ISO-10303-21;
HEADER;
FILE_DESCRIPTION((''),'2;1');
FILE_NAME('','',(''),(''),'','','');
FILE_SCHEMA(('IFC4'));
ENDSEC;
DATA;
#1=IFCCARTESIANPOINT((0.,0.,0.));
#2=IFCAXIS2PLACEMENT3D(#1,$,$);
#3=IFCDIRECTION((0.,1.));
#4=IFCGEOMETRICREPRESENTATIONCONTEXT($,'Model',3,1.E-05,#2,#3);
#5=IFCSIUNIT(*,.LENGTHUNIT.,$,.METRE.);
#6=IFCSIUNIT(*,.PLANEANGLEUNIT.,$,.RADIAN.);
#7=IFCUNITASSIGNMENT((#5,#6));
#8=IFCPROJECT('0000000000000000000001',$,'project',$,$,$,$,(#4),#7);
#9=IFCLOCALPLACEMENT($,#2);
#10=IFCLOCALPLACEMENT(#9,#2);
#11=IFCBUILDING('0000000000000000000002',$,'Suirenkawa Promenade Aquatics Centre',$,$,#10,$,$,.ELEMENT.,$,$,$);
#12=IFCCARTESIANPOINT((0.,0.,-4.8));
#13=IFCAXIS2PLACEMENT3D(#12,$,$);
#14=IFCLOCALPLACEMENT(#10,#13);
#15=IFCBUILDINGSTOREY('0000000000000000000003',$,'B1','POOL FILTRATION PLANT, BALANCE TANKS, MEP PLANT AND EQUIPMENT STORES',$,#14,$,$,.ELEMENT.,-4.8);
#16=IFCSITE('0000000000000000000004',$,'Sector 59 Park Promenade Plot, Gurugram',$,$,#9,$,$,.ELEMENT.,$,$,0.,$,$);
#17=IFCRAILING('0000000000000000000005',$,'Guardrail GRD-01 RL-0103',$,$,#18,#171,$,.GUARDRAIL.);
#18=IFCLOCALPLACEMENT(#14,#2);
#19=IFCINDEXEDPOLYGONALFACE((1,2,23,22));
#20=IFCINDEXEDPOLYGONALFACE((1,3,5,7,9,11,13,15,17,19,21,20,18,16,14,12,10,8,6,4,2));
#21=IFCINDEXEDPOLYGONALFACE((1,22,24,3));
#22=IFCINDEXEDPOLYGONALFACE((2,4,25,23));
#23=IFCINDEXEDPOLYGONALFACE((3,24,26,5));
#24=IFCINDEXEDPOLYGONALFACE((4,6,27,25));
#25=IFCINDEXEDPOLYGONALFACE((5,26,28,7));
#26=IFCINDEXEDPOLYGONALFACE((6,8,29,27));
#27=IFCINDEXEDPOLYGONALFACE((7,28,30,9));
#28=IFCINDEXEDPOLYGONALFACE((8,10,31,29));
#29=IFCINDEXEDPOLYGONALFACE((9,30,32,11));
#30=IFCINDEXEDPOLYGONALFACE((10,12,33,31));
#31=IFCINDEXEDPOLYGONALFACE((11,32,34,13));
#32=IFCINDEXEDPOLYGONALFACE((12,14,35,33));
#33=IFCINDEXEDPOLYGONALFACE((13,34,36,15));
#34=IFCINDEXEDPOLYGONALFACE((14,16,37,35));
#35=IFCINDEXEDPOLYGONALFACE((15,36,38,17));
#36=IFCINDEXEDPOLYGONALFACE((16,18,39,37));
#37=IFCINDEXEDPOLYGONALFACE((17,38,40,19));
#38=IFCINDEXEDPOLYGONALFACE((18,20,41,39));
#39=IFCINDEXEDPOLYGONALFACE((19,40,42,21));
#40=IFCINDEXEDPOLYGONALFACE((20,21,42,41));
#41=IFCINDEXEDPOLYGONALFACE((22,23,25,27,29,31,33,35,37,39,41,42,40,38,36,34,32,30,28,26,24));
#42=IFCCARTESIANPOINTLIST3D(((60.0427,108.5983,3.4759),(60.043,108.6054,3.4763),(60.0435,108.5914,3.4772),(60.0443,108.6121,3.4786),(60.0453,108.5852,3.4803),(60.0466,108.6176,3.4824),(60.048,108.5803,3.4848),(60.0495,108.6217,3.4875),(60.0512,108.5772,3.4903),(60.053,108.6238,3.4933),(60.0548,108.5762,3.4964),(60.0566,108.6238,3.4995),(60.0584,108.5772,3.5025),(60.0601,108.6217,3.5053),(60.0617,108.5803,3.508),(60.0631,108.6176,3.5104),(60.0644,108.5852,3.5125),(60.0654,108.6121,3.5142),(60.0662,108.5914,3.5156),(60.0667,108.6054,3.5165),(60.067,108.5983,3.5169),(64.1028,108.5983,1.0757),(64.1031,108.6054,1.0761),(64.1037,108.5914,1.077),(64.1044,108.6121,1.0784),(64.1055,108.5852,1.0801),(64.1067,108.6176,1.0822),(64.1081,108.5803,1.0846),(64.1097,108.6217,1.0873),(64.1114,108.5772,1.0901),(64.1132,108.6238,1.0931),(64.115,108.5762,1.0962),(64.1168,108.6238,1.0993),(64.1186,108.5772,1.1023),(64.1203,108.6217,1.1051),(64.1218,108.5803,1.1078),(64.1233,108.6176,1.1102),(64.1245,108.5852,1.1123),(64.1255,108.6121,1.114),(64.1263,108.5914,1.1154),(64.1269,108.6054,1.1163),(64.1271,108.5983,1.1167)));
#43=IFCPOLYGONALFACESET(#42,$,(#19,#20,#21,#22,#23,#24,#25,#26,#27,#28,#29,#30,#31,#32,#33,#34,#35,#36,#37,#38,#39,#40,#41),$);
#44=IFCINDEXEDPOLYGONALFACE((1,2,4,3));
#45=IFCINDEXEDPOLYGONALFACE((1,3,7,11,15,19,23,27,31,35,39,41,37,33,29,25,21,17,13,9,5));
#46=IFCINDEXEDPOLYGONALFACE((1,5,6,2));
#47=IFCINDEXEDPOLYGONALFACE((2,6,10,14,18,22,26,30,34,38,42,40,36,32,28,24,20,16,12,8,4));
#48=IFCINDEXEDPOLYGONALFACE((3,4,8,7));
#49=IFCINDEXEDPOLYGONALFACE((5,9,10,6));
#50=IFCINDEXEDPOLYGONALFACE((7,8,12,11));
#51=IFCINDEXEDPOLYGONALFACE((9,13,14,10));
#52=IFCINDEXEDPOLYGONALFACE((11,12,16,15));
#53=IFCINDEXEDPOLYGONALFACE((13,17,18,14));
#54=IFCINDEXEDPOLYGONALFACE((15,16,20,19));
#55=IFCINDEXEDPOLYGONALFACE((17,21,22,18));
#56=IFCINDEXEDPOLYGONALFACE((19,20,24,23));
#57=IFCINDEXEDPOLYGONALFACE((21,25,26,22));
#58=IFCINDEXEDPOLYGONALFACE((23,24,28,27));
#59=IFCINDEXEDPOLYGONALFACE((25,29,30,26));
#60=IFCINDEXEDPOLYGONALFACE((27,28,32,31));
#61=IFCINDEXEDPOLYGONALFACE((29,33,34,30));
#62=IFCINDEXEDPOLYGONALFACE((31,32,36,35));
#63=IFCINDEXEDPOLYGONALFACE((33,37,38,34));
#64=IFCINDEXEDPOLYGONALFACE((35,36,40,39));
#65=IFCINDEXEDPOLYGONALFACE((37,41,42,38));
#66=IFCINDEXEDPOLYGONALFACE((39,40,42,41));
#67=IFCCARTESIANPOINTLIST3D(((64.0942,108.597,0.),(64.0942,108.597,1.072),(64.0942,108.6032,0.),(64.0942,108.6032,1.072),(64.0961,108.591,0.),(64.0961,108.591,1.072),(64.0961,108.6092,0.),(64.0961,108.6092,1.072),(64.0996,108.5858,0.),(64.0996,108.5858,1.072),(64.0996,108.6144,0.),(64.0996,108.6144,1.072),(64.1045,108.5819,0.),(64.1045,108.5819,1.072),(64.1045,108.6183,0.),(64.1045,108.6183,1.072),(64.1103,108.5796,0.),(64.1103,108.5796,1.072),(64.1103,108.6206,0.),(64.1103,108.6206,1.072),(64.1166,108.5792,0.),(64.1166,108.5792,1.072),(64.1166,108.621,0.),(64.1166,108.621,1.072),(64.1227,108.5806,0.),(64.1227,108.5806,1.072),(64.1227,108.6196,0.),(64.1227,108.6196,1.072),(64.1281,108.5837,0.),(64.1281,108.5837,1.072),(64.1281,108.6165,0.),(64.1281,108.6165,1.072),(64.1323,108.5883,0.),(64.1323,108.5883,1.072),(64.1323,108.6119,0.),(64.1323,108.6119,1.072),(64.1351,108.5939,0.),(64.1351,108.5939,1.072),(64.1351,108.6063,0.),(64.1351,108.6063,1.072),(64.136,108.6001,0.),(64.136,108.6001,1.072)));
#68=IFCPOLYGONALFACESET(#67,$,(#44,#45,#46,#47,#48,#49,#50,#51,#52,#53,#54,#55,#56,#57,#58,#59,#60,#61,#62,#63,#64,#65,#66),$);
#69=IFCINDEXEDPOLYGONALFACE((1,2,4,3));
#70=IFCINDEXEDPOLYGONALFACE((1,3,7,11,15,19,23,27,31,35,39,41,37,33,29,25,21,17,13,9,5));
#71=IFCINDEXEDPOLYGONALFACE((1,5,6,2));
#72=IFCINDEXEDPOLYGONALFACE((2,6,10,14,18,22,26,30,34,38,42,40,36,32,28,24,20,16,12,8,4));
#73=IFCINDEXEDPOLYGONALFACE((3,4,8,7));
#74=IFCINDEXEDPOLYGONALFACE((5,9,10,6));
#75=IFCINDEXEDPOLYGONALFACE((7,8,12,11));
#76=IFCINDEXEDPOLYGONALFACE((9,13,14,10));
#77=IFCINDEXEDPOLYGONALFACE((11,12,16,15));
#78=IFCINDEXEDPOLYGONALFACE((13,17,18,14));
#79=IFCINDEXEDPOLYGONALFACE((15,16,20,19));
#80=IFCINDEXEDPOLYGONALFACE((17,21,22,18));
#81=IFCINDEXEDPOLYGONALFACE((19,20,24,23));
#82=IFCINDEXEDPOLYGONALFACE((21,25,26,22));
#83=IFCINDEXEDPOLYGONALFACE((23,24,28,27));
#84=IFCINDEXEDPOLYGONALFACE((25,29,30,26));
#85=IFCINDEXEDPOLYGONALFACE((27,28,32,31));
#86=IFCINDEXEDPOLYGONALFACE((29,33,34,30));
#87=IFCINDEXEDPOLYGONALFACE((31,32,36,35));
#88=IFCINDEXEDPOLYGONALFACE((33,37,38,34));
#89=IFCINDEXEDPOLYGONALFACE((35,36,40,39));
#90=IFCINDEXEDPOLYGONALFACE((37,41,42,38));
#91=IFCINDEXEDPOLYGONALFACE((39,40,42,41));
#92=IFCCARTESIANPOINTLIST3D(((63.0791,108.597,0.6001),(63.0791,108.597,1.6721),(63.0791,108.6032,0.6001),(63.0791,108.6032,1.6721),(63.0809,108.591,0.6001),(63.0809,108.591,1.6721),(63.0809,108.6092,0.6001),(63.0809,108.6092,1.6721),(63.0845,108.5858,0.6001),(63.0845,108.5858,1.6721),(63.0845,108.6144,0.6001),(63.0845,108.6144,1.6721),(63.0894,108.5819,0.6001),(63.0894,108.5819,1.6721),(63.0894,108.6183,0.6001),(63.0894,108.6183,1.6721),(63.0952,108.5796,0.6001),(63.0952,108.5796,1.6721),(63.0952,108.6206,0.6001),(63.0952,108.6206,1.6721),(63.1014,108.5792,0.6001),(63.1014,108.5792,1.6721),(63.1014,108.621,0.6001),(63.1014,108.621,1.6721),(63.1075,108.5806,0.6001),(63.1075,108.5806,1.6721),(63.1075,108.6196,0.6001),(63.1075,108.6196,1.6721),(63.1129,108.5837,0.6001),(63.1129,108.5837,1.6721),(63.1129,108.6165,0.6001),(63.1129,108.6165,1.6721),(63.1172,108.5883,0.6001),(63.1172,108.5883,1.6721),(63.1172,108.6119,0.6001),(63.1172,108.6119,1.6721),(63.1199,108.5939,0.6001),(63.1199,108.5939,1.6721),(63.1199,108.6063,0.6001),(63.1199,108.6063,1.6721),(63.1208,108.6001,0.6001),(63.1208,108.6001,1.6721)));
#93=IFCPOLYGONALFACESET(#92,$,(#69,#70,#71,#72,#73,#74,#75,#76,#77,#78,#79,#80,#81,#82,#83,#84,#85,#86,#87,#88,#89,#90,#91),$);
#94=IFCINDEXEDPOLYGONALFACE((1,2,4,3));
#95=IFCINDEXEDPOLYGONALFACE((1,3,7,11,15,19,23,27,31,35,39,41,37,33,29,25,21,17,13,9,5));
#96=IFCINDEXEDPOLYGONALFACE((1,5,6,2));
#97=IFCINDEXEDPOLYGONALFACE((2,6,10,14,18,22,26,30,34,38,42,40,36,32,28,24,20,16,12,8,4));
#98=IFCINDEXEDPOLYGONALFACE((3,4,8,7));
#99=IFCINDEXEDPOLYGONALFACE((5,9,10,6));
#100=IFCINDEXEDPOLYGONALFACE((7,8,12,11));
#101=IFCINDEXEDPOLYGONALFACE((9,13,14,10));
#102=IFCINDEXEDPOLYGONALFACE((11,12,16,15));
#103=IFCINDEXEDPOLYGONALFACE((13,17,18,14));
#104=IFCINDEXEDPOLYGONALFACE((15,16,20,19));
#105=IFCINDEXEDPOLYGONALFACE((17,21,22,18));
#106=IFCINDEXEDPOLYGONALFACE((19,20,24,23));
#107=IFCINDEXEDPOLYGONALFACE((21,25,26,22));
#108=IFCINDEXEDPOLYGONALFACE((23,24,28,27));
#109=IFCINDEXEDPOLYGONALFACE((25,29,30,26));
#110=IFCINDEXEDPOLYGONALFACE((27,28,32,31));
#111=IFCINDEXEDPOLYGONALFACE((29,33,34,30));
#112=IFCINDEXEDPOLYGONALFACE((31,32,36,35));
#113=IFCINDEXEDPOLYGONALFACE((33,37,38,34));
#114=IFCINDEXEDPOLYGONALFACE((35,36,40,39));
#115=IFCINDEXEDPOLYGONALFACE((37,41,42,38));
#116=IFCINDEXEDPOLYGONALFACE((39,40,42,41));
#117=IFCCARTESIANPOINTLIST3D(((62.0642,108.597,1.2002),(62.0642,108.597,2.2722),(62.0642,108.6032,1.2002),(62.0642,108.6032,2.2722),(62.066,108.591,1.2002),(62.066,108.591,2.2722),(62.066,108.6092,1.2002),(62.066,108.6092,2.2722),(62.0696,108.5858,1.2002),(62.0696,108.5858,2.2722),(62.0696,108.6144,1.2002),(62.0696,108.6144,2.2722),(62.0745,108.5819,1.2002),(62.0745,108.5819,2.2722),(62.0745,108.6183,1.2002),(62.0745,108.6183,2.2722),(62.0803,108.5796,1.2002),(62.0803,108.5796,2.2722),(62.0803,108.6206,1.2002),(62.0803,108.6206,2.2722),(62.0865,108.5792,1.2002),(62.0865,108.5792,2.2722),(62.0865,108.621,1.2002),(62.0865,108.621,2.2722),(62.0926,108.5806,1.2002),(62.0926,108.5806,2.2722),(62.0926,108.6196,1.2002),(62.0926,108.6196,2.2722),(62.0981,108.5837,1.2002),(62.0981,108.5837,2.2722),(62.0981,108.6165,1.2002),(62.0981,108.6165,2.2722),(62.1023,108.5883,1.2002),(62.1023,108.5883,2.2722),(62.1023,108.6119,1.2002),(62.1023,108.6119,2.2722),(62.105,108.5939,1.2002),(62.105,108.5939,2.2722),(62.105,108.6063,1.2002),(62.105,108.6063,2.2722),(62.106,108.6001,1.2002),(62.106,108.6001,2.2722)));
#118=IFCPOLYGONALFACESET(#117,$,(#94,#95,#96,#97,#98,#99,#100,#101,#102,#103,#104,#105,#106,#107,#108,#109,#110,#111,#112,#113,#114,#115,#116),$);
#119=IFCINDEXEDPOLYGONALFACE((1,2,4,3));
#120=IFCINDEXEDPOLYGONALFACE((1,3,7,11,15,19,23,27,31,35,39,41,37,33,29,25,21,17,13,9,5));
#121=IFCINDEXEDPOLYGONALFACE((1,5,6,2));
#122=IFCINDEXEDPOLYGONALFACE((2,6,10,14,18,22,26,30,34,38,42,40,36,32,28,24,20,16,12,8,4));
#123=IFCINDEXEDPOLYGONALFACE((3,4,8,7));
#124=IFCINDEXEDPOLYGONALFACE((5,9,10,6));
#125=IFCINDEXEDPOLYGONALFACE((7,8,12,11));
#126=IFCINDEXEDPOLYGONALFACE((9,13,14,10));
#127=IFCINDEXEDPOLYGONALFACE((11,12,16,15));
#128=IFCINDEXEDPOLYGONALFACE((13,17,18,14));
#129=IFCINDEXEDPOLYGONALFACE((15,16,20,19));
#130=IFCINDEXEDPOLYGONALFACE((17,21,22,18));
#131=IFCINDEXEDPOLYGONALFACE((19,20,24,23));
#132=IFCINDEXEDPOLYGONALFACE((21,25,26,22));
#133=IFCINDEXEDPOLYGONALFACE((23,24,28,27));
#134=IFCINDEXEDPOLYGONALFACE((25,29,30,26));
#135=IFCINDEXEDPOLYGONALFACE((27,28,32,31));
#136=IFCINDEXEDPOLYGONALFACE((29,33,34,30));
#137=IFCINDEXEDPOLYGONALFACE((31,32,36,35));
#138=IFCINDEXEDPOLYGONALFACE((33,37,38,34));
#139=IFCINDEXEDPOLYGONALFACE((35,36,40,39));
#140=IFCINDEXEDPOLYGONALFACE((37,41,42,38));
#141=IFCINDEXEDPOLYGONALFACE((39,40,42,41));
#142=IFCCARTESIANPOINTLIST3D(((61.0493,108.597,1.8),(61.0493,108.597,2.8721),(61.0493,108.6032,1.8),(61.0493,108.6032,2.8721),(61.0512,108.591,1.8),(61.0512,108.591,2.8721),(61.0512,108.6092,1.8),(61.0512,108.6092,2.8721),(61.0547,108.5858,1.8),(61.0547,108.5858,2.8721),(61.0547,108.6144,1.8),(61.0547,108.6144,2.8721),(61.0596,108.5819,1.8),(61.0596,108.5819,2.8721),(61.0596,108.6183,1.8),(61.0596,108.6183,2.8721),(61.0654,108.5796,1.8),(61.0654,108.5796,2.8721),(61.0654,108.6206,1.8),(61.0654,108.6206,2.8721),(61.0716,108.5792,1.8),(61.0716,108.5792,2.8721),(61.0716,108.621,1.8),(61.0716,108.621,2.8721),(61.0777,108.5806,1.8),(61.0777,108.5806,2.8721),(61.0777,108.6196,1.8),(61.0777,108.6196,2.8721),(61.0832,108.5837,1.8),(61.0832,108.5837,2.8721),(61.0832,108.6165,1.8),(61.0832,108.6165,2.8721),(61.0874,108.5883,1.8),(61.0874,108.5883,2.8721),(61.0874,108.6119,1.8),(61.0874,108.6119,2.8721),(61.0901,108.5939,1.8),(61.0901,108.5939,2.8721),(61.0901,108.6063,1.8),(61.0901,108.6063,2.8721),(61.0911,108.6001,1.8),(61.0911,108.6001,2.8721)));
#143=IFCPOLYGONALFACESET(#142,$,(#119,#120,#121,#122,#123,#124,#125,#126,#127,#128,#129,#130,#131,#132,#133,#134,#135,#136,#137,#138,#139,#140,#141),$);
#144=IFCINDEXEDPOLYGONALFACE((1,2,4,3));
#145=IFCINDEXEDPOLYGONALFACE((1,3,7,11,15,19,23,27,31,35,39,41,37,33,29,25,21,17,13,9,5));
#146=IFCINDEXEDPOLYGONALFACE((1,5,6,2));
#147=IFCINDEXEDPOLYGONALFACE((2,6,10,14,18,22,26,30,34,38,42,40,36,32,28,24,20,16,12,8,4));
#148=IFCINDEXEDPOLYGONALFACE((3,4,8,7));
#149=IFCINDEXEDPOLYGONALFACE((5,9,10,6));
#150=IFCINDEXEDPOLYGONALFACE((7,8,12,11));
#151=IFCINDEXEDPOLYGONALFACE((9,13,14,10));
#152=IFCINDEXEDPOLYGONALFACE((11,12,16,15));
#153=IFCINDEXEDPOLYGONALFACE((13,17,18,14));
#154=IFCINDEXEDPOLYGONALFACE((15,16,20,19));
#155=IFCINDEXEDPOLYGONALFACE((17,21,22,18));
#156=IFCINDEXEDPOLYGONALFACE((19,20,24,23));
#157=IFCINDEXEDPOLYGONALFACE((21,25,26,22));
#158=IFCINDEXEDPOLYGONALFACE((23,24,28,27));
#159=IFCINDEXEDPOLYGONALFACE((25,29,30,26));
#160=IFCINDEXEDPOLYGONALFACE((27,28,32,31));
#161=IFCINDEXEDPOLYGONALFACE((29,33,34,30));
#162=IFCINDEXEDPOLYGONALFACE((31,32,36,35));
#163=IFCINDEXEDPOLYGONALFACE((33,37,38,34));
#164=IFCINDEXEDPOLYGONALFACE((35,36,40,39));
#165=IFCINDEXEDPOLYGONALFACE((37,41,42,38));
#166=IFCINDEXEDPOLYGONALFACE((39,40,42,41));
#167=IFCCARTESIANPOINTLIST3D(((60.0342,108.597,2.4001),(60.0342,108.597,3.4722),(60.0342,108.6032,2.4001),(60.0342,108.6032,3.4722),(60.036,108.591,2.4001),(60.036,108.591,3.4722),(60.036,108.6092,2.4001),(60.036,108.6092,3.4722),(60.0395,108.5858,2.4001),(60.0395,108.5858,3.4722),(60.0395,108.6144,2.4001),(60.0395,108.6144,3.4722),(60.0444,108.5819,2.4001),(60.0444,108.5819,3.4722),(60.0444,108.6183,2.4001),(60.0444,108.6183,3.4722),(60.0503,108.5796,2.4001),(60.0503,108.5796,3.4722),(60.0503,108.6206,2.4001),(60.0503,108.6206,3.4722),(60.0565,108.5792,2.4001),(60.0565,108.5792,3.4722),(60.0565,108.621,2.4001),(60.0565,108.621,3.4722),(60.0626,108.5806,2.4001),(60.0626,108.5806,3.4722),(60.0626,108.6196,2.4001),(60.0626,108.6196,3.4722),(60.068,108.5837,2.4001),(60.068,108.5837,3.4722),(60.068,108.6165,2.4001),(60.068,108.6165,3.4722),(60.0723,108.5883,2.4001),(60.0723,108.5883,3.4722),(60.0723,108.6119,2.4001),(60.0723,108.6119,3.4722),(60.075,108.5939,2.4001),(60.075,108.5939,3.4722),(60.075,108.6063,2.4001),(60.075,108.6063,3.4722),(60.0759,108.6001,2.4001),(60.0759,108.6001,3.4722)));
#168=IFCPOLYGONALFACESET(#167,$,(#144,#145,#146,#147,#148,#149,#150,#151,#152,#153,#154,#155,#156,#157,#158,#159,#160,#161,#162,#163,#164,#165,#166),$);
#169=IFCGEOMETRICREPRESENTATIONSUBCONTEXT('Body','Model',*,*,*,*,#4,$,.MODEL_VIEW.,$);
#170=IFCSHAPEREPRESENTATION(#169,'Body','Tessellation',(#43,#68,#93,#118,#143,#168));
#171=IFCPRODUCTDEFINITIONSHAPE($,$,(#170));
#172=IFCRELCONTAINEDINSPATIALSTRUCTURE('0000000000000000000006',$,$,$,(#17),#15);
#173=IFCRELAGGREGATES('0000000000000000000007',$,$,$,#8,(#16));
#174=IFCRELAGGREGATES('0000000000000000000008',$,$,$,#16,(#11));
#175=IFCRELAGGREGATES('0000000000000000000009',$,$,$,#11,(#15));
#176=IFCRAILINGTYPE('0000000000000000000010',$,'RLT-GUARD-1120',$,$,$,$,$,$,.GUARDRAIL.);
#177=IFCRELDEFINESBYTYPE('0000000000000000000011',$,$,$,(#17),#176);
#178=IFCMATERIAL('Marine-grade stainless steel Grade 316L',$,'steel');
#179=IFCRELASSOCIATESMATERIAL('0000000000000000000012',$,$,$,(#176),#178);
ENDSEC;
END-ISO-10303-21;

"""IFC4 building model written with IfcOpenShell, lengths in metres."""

from ifc_helpers import new_model, si_unit, direction, frame, origin, origin_2d, place, context, subcontext, project, spatial, circle, extrude, material, type_object, element, save


model = new_model("IFC4")

# Units and contexts
model_context = context("Model", 3, precision=1e-05, world=origin(), true_north=direction((0.0, 1.0)))
body_context = subcontext(model_context, "Body", "Model", "MODEL_VIEW")
ifc_project = project(units=[si_unit("LENGTHUNIT", "METRE"), si_unit("PLANEANGLEUNIT", "RADIAN")], contexts=[model_context])

# Site, building, storey
site_placement = place(None, origin())
site = spatial("IfcSite", under=ifc_project, at=site_placement, Name="Sector 59 Park Promenade Plot, Gurugram", CompositionType="ELEMENT", RefElevation=0.0)
building_placement = place(site_placement, origin())
building = spatial("IfcBuilding", under=site, at=building_placement, Name="Suirenkawa Promenade Aquatics Centre", CompositionType="ELEMENT")
storey_placement = place(building_placement, frame((0.0, 0.0, -4.8)))
storey = spatial("IfcBuildingStorey", under=building, at=storey_placement, Name="B1", Description="POOL FILTRATION PLANT, BALANCE TANKS, MEP PLANT AND EQUIPMENT STORES", CompositionType="ELEMENT", Elevation=-4.8)

# Shared definitions
ifc_material_1 = material(Name="Marine-grade stainless steel Grade 316L", Category="steel")

# Railing
railing_type_1 = type_object("IfcRailingType", Name="RLT-GUARD-1120", PredefinedType="GUARDRAIL", material=ifc_material_1)
for number, where, name in (
    (1, (64.115, 108.6001, 0.0), "Guardrail GRD-01 RL-0103"),
):
    element("IfcRailing", number, at=place(storey_placement, frame(where)), inside=storey, type_object=railing_type_1, Name=name, PredefinedType="GUARDRAIL", context=body_context, shape_type="SweptSolid", body=[
        extrude(circle(Radius=0.0239, at=origin_2d()), frame((0.0, 0.0, 1.0962), z_axis=(-0.860832, 0.0, 0.50889), x_axis=(0.0, -1.0, 0.0)), (0.0, 0.0, 1.0), 4.7166),
        extrude(circle(Radius=0.021, at=origin_2d()), origin(), (0.0, 0.0, 1.0), 1.072),
        extrude(circle(Radius=0.021, at=origin_2d()), frame((-1.0151, 0.0, 0.6001)), (0.0, 0.0, 1.0), 1.072),
        extrude(circle(Radius=0.021, at=origin_2d()), frame((-2.03, 0.0, 1.2002)), (0.0, 0.0, 1.0), 1.072),
        extrude(circle(Radius=0.021, at=origin_2d()), frame((-3.0449, 0.0, 1.8)), (0.0, 0.0, 1.0), 1.072),
        extrude(circle(Radius=0.021, at=origin_2d()), frame((-4.0601, 0.0, 2.4001)), (0.0, 0.0, 1.0), 1.072),
    ])

save(model, "model.ifc")
